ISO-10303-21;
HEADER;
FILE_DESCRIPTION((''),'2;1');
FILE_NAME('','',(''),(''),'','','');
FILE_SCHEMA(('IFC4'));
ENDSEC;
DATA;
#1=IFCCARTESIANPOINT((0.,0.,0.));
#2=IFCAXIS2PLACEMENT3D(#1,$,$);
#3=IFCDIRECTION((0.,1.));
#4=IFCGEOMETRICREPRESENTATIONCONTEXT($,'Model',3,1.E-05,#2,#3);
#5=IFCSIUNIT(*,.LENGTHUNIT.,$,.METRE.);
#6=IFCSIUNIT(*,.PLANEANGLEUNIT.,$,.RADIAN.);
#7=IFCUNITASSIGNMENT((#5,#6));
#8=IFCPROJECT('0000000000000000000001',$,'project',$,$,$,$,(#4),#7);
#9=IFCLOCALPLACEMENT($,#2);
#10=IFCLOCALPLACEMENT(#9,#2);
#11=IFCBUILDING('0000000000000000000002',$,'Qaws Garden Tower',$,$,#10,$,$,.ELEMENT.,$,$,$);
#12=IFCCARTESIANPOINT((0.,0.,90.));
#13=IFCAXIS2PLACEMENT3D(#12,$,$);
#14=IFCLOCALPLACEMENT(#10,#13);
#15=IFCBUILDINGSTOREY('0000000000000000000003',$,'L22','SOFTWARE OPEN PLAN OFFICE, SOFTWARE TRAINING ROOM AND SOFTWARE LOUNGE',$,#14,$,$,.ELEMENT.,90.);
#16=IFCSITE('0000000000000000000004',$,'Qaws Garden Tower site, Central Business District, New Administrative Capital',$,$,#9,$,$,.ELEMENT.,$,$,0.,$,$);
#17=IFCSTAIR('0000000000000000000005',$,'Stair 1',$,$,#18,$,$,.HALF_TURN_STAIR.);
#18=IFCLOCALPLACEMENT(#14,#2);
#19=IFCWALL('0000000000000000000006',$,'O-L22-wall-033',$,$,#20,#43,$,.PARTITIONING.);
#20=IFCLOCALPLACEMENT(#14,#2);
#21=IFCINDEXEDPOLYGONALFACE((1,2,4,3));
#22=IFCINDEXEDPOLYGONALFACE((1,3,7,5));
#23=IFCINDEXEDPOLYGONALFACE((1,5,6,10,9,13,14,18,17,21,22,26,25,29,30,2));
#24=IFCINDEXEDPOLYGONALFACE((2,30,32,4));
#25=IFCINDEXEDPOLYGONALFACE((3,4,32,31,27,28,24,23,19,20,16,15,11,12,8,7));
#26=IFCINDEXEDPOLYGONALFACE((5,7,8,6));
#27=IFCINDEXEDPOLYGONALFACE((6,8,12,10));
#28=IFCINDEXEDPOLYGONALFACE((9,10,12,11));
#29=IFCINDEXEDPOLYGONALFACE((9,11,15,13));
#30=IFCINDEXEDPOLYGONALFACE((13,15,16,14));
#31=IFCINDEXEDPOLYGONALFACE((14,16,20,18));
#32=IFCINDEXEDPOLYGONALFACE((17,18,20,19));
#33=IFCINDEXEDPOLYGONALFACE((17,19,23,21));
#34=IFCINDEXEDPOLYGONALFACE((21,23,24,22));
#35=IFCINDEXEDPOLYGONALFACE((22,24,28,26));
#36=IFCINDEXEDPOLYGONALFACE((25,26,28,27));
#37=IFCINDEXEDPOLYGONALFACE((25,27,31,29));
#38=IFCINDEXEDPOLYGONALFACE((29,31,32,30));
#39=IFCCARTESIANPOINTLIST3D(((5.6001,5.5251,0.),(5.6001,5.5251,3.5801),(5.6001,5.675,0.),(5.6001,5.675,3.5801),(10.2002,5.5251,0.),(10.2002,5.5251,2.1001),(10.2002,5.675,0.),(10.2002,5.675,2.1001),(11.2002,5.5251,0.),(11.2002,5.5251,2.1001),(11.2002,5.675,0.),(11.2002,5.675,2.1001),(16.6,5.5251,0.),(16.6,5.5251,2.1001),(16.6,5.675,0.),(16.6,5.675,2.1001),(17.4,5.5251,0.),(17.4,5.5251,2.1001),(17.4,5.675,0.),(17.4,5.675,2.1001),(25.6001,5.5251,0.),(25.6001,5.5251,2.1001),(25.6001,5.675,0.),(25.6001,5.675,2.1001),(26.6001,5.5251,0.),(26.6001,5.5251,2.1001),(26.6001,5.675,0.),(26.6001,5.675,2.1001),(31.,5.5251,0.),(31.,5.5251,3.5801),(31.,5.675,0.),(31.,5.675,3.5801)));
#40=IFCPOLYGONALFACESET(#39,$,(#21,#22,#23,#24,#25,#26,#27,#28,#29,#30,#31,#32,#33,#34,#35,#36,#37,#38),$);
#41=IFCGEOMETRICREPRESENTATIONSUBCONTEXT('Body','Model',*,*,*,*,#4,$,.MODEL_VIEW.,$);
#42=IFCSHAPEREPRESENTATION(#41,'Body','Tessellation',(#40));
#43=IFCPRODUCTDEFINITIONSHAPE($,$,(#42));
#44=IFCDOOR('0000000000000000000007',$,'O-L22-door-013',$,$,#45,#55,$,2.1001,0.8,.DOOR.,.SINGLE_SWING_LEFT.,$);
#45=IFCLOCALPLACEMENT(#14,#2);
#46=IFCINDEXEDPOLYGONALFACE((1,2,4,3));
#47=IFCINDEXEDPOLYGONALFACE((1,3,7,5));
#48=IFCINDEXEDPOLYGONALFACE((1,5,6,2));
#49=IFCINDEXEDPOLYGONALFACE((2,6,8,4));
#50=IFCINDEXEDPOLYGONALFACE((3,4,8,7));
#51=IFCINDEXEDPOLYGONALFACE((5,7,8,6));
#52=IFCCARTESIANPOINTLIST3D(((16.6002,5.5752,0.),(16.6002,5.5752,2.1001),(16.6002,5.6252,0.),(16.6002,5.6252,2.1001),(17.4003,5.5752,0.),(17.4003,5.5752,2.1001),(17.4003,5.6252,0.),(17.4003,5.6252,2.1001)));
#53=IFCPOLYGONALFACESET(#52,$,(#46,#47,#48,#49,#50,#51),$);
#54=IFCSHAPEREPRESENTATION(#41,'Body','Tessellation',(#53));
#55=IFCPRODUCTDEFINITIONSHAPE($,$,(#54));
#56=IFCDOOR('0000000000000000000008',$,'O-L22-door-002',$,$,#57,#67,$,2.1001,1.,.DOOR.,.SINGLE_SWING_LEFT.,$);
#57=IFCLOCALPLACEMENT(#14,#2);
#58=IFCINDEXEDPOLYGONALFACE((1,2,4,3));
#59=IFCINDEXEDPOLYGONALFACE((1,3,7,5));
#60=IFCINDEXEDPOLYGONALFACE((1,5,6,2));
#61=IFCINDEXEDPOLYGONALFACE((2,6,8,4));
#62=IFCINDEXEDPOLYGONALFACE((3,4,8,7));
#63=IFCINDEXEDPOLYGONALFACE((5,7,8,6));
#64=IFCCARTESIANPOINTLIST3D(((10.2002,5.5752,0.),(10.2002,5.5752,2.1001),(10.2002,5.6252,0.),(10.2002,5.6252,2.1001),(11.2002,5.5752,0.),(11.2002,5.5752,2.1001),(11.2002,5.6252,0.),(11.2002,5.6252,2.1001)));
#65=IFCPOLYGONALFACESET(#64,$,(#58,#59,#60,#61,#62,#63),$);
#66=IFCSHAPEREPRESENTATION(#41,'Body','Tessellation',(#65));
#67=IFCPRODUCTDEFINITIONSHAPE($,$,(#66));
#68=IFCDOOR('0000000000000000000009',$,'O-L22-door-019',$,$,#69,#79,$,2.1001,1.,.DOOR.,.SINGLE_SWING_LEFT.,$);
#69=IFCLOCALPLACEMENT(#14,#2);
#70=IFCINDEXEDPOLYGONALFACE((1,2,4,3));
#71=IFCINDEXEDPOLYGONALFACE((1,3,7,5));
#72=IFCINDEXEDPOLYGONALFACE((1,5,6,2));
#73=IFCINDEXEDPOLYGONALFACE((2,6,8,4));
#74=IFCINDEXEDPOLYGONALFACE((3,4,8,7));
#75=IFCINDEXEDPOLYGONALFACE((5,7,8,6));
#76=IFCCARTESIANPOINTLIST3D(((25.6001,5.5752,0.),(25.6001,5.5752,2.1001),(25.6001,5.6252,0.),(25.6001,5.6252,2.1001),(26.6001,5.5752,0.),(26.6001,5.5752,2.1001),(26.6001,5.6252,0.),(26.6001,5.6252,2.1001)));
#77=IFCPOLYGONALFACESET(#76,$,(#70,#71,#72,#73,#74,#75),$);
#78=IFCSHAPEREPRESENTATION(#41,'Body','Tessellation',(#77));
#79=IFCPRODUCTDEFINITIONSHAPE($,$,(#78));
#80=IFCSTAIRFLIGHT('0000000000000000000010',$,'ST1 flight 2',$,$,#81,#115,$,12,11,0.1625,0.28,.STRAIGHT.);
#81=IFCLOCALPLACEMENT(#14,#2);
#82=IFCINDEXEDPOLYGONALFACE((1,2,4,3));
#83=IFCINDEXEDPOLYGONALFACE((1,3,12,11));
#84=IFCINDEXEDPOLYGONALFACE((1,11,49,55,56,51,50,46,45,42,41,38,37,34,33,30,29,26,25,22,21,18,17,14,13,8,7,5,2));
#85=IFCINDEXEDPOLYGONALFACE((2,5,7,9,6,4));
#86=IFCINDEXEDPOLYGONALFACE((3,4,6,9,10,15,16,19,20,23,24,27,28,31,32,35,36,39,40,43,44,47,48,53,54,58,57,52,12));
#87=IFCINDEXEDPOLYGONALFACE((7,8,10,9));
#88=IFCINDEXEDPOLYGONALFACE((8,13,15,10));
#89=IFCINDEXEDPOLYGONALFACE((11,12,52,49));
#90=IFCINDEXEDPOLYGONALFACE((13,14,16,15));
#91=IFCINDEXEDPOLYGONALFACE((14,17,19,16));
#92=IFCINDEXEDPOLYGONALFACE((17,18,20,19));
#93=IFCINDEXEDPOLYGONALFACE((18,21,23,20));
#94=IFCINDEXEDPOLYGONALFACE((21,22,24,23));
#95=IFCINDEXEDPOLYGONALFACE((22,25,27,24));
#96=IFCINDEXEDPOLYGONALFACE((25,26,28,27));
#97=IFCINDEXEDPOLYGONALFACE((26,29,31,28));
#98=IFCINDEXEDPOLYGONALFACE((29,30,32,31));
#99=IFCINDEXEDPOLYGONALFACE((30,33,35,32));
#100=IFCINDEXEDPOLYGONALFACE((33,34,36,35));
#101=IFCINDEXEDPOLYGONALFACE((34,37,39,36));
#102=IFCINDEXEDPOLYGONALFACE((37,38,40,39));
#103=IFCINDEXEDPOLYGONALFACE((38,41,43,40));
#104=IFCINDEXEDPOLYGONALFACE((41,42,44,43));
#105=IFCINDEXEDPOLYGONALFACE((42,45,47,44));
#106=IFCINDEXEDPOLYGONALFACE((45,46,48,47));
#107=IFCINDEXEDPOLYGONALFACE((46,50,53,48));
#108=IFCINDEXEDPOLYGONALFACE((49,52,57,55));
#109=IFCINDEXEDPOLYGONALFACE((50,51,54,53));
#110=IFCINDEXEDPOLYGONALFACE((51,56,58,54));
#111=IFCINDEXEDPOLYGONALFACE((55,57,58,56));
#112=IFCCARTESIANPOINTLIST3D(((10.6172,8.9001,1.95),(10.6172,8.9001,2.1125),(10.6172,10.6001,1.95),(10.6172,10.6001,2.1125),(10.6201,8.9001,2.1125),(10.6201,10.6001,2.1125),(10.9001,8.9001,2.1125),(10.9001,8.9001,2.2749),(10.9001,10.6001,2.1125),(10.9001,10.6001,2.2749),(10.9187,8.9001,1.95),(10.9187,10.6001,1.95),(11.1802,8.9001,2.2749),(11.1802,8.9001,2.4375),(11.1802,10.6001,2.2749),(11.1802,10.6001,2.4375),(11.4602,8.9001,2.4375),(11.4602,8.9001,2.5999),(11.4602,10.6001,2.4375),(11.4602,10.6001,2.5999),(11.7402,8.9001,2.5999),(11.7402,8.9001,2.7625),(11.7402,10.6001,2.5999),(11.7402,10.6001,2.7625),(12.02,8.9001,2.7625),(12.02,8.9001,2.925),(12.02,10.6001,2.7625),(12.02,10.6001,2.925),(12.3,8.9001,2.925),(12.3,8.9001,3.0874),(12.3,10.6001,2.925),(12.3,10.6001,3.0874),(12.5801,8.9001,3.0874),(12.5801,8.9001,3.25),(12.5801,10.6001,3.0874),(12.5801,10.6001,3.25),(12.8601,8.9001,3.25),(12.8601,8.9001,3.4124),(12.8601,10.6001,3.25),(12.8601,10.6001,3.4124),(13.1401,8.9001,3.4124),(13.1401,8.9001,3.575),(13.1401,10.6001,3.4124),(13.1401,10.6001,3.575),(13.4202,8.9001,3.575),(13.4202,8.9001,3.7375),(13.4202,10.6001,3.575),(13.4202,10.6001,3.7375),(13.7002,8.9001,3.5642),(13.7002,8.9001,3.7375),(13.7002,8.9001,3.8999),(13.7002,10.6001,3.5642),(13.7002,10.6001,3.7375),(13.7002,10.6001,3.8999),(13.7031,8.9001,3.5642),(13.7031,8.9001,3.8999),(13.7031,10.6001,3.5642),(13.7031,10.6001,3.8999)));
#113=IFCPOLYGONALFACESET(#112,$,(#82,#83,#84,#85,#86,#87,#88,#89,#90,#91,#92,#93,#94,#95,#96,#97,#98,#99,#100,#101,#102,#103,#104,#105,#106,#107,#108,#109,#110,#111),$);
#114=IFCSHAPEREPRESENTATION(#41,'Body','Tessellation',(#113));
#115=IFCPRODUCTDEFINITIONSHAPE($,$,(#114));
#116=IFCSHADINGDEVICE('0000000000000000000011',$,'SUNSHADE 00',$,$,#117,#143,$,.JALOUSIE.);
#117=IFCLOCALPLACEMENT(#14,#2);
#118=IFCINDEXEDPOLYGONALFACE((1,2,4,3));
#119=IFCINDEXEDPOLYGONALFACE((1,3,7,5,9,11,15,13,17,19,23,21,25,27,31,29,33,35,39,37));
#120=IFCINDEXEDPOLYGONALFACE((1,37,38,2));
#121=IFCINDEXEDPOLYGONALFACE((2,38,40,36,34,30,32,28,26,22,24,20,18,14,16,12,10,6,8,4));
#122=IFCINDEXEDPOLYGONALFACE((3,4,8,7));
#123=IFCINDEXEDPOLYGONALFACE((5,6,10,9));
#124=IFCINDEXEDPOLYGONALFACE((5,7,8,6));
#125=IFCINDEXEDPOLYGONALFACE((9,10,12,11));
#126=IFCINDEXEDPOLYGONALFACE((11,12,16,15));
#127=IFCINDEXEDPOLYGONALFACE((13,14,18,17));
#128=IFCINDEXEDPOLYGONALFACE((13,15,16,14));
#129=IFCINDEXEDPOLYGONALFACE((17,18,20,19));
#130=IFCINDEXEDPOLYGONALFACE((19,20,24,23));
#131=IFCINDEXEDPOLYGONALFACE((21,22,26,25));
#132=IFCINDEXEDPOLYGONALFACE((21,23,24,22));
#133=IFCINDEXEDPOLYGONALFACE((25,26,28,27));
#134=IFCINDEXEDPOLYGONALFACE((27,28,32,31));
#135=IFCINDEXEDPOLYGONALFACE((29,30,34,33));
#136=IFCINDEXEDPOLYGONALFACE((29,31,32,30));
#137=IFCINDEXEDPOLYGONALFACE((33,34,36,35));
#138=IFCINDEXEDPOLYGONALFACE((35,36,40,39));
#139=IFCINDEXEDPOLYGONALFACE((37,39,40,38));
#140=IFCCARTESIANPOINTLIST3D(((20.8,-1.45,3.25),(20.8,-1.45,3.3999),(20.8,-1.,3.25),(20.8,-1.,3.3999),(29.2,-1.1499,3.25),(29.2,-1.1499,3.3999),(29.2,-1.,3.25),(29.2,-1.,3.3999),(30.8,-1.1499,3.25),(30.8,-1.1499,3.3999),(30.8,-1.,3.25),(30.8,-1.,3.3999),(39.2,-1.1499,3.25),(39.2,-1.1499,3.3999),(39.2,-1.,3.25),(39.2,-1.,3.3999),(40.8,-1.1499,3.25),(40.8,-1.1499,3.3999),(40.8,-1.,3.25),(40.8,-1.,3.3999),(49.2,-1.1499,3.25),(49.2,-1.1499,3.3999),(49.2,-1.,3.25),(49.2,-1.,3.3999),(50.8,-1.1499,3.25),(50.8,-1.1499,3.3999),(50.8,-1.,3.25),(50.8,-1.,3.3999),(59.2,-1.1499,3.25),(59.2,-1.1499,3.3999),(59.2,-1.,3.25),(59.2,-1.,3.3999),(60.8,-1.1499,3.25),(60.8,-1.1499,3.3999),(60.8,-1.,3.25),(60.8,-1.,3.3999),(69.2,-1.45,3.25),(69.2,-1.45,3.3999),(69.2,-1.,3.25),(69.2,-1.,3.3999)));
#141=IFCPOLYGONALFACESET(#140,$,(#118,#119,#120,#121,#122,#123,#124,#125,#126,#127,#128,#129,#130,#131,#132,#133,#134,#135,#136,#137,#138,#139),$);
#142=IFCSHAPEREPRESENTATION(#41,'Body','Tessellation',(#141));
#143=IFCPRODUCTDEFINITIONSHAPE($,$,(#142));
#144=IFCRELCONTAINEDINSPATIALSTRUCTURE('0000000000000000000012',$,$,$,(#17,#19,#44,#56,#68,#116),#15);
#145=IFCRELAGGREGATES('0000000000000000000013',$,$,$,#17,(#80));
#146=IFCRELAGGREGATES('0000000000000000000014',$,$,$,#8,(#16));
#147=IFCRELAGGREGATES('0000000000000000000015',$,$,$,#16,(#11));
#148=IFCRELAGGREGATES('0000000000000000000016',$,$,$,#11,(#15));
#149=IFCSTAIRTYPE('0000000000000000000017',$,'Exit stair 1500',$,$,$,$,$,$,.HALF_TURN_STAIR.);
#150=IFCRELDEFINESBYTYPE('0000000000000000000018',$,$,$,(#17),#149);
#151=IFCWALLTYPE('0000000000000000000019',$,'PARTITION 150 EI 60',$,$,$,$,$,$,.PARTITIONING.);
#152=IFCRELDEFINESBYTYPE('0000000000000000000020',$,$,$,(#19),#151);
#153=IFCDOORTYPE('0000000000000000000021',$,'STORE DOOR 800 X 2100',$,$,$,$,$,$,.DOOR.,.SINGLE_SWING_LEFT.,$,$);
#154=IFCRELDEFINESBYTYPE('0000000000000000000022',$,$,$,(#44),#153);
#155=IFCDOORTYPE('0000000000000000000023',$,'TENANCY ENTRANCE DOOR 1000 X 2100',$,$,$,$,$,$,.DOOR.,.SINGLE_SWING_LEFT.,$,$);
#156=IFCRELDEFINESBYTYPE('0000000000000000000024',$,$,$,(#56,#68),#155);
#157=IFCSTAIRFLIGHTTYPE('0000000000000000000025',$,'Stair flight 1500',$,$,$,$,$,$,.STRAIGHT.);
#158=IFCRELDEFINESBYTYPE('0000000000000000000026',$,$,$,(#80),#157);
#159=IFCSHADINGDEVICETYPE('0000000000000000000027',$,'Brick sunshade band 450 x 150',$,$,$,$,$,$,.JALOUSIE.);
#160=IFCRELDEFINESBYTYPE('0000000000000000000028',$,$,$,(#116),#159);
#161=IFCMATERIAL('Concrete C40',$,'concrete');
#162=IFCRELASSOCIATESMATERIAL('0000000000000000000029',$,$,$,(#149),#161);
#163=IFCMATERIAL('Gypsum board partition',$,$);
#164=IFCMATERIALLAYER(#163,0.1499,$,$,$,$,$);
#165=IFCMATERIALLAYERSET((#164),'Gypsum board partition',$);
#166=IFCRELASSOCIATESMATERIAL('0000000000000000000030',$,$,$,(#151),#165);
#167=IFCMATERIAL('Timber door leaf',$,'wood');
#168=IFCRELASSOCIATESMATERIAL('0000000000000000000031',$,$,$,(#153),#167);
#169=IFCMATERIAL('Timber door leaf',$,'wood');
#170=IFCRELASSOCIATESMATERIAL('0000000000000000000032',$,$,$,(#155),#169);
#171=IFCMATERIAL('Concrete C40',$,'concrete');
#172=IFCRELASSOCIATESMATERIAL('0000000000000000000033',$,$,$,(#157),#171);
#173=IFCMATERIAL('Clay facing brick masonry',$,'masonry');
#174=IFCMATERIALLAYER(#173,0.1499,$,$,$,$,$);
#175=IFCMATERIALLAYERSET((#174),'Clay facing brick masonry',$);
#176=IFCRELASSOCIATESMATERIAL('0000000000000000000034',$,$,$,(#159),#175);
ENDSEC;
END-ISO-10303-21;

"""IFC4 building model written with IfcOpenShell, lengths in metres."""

from ifc_helpers import new_model, si_unit, direction, frame, frame_2d, origin, place, context, subcontext, project, spatial, polyline, rectangle, outline, extrude, material, layer, layer_set, type_object, element, fill, aggregate, save


model = new_model("IFC4")

# Units and contexts
model_context = context("Model", 3, precision=1e-05, world=origin(), true_north=direction((0.0, 1.0)))
body_context = subcontext(model_context, "Body", "Model", "MODEL_VIEW")
ifc_project = project(units=[si_unit("LENGTHUNIT", "METRE"), si_unit("PLANEANGLEUNIT", "RADIAN")], contexts=[model_context])

# Site, building, storey
site_placement = place(None, origin())
site = spatial("IfcSite", under=ifc_project, at=site_placement, Name="Qaws Garden Tower site, Central Business District, New Administrative Capital", CompositionType="ELEMENT", RefElevation=0.0)
building_placement = place(site_placement, origin())
building = spatial("IfcBuilding", under=site, at=building_placement, Name="Qaws Garden Tower", CompositionType="ELEMENT")
storey_placement = place(building_placement, frame((0.0, 0.0, 90.0)))
storey = spatial("IfcBuildingStorey", under=building, at=storey_placement, Name="L22", Description="SOFTWARE OPEN PLAN OFFICE, SOFTWARE TRAINING ROOM AND SOFTWARE LOUNGE", CompositionType="ELEMENT", Elevation=90.0)

# Stair
ifc_material_1 = material(Name="Concrete C40", Category="concrete")
stair_type_1 = type_object("IfcStairType", Name="Exit stair 1500", PredefinedType="HALF_TURN_STAIR", material=ifc_material_1)
placement_1 = place(storey_placement, origin())
stair_1 = element("IfcStair", 1, at=placement_1, inside=storey, type_object=stair_type_1, Name="Stair 1", PredefinedType="HALF_TURN_STAIR")

# Shared definitions
ifc_material_2 = material(Name="Gypsum board partition")
ifc_layer_1 = layer(ifc_material_2, 0.1499)
ifc_layer_set_1 = layer_set([ifc_layer_1], Name="Gypsum board partition")
wall_type_1 = type_object("IfcWallType", Name="PARTITION 150 EI 60", PredefinedType="PARTITIONING", material=ifc_layer_set_1)

# Wall, openings, doors
wall_1_placement = place(storey_placement, frame((5.6001, 5.6001, 0.0), z_axis=(0.0, 0.0, 1.0), x_axis=(1.0, 0.0, 0.0)))
wall_1 = element("IfcWall", 2, at=wall_1_placement, inside=storey, type_object=wall_type_1, Name="O-L22-wall-033", PredefinedType="PARTITIONING", context=body_context, shape_type="SweptSolid", body=[
    extrude(rectangle(XDim=25.3999, YDim=0.1499, at=frame_2d((12.7, 0.0))), origin(), (0.0, 0.0, 1.0), 3.5801),
])
opening_1_placement = place(wall_1_placement, frame((4.6001, 0.0, 0.0)))
opening_1 = element("IfcOpeningElement", 3, at=opening_1_placement, cuts=wall_1, PredefinedType="OPENING", context=body_context, shape_type="SweptSolid", body=[
    extrude(rectangle(XDim=1.0, YDim=2.1001, at=frame_2d((0.5, 1.05))), frame((0.0, 0.085, 0.0), z_axis=(0.0, -1.0, 0.0), x_axis=(1.0, 0.0, 0.0)), (0.0, 0.0, 1.0), 0.1699),
])
opening_2_placement = place(wall_1_placement, frame((11.0, 0.0, 0.0)))
opening_2 = element("IfcOpeningElement", 4, at=opening_2_placement, cuts=wall_1, PredefinedType="OPENING", context=body_context, shape_type="SweptSolid", body=[
    extrude(rectangle(XDim=0.8, YDim=2.1001, at=frame_2d((0.3999, 1.05))), frame((0.0, 0.085, 0.0), z_axis=(0.0, -1.0, 0.0), x_axis=(1.0, 0.0, 0.0)), (0.0, 0.0, 1.0), 0.1699),
])
opening_3_placement = place(wall_1_placement, frame((20.0, 0.0, 0.0)))
opening_3 = element("IfcOpeningElement", 5, at=opening_3_placement, cuts=wall_1, PredefinedType="OPENING", context=body_context, shape_type="SweptSolid", body=[
    extrude(rectangle(XDim=1.0, YDim=2.1001, at=frame_2d((0.5, 1.05))), frame((0.0, 0.085, 0.0), z_axis=(0.0, -1.0, 0.0), x_axis=(1.0, 0.0, 0.0)), (0.0, 0.0, 1.0), 0.1699),
])
ifc_material_3 = material(Name="Timber door leaf", Category="wood")
door_type_1 = type_object("IfcDoorType", Name="STORE DOOR 800 X 2100", OperationType="SINGLE_SWING_LEFT", PredefinedType="DOOR", material=ifc_material_3)
door_1_placement = place(opening_2_placement, frame((0.8, 0.0, 0.0), z_axis=(0.0, 0.0, 1.0), x_axis=(-1.0, 0.0, 0.0)))
door_1 = element("IfcDoor", 6, at=door_1_placement, inside=storey, type_object=door_type_1, Name="O-L22-door-013", OperationType="SINGLE_SWING_LEFT", OverallHeight=2.1001, OverallWidth=0.8, PredefinedType="DOOR", context=body_context, shape_type="SweptSolid", body=[
    extrude(rectangle(XDim=0.8, YDim=2.1001, at=frame_2d((0.3999, 1.05))), frame((0.0, 0.0249, 0.0), z_axis=(0.0, -1.0, 0.0), x_axis=(1.0, 0.0, 0.0)), (0.0, 0.0, 1.0), 0.05),
])
fill(opening_2, door_1)
ifc_material_4 = material(Name="Timber door leaf", Category="wood")
door_type_2 = type_object("IfcDoorType", Name="TENANCY ENTRANCE DOOR 1000 X 2100", OperationType="SINGLE_SWING_LEFT", PredefinedType="DOOR", material=ifc_material_4)
door_2_placement = place(opening_1_placement, frame((1.0, 0.0, 0.0), z_axis=(0.0, 0.0, 1.0), x_axis=(-1.0, 0.0, 0.0)))
door_2 = element("IfcDoor", 7, at=door_2_placement, inside=storey, type_object=door_type_2, Name="O-L22-door-002", OperationType="SINGLE_SWING_LEFT", OverallHeight=2.1001, OverallWidth=1.0, PredefinedType="DOOR", context=body_context, shape_type="SweptSolid", body=[
    extrude(rectangle(XDim=1.0, YDim=2.1001, at=frame_2d((0.5, 1.05))), frame((0.0, 0.0249, 0.0), z_axis=(0.0, -1.0, 0.0), x_axis=(1.0, 0.0, 0.0)), (0.0, 0.0, 1.0), 0.05),
])
fill(opening_1, door_2)
door_3_placement = place(opening_3_placement, frame((1.0, 0.0, 0.0), z_axis=(0.0, 0.0, 1.0), x_axis=(-1.0, 0.0, 0.0)))
door_3 = element("IfcDoor", 8, at=door_3_placement, inside=storey, type_object=door_type_2, Name="O-L22-door-019", OperationType="SINGLE_SWING_LEFT", OverallHeight=2.1001, OverallWidth=1.0, PredefinedType="DOOR", context=body_context, shape_type="SweptSolid", body=[
    extrude(rectangle(XDim=1.0, YDim=2.1001, at=frame_2d((0.5, 1.05))), frame((0.0, 0.0249, 0.0), z_axis=(0.0, -1.0, 0.0), x_axis=(1.0, 0.0, 0.0)), (0.0, 0.0, 1.0), 0.05),
])
fill(opening_3, door_3)

# Stair flight
ifc_material_5 = material(Name="Concrete C40", Category="concrete")
stair_flight_type = type_object("IfcStairFlightType", Name="Stair flight 1500", PredefinedType="STRAIGHT", material=ifc_material_5)
stair_flight_placement = place(storey_placement, frame((10.6201, 9.75, 1.95), z_axis=(0.0, 0.0, 1.0), x_axis=(1.0, 0.0, 0.0)))
stair_flight = element("IfcStairFlight", 9, at=stair_flight_placement, type_object=stair_flight_type, Name="ST1 flight 2", NumberOfRisers=12, NumberOfTreads=11, PredefinedType="STRAIGHT", RiserHeight=0.1625, TreadLength=0.28, context=body_context, shape_type="SweptSolid", body=[
    extrude(outline(polyline([(-0.0029, 0.0), (-0.0029, 0.1626), (0.0, 0.1626), (0.28, 0.1626), (0.28, 0.325), (0.5601, 0.325), (0.5601, 0.4875), (0.8401, 0.4875), (0.8401, 0.6499), (1.1201, 0.6499), (1.1201, 0.8125), (1.3999, 0.8125), (1.3999, 0.9751), (1.6799, 0.9751), (1.6799, 1.1375), (1.96, 1.1375), (1.96, 1.3), (2.24, 1.3), (2.24, 1.4624), (2.52, 1.4624), (2.52, 1.625), (2.8, 1.625), (2.8, 1.7876), (3.0801, 1.7876), (3.0801, 1.95), (3.083, 1.95), (3.083, 1.6143), (3.0801, 1.6143), (0.2986, 0.0), (-0.0029, 0.0)])), frame((0.0, 0.8501, 0.0), z_axis=(0.0, -1.0, 0.0), x_axis=(1.0, 0.0, 0.0)), (0.0, 0.0, 1.0), 1.7),
])
aggregate(stair_1, [stair_flight])

# Shading device
ifc_material_6 = material(Name="Clay facing brick masonry", Category="masonry")
ifc_layer_2 = layer(ifc_material_6, 0.1499)
ifc_layer_set_2 = layer_set([ifc_layer_2], Name="Clay facing brick masonry")
shading_device_type = type_object("IfcShadingDeviceType", Name="Brick sunshade band 450 x 150", PredefinedType="JALOUSIE", material=ifc_layer_set_2)
shading_device_placement = place(storey_placement, frame((0.0, 0.0, 3.25)))
element("IfcShadingDevice", 10, at=shading_device_placement, inside=storey, type_object=shading_device_type, Name="SUNSHADE 00", PredefinedType="JALOUSIE", context=body_context, shape_type="SweptSolid", body=[
    extrude(outline(polyline([(20.8, -1.0), (20.8, -1.45), (69.2, -1.45), (69.2, -1.0), (60.8, -1.0), (60.8, -1.1499), (59.2, -1.1499), (59.2, -1.0), (50.8, -1.0), (50.8, -1.1499), (49.2, -1.1499), (49.2, -1.0), (40.8, -1.0), (40.8, -1.1499), (39.2, -1.1499), (39.2, -1.0), (30.8, -1.0), (30.8, -1.1499), (29.2, -1.1499), (29.2, -1.0), (20.8, -1.0)])), origin(), (0.0, 0.0, 1.0), 0.1499),
])

save(model, "model.ifc")
